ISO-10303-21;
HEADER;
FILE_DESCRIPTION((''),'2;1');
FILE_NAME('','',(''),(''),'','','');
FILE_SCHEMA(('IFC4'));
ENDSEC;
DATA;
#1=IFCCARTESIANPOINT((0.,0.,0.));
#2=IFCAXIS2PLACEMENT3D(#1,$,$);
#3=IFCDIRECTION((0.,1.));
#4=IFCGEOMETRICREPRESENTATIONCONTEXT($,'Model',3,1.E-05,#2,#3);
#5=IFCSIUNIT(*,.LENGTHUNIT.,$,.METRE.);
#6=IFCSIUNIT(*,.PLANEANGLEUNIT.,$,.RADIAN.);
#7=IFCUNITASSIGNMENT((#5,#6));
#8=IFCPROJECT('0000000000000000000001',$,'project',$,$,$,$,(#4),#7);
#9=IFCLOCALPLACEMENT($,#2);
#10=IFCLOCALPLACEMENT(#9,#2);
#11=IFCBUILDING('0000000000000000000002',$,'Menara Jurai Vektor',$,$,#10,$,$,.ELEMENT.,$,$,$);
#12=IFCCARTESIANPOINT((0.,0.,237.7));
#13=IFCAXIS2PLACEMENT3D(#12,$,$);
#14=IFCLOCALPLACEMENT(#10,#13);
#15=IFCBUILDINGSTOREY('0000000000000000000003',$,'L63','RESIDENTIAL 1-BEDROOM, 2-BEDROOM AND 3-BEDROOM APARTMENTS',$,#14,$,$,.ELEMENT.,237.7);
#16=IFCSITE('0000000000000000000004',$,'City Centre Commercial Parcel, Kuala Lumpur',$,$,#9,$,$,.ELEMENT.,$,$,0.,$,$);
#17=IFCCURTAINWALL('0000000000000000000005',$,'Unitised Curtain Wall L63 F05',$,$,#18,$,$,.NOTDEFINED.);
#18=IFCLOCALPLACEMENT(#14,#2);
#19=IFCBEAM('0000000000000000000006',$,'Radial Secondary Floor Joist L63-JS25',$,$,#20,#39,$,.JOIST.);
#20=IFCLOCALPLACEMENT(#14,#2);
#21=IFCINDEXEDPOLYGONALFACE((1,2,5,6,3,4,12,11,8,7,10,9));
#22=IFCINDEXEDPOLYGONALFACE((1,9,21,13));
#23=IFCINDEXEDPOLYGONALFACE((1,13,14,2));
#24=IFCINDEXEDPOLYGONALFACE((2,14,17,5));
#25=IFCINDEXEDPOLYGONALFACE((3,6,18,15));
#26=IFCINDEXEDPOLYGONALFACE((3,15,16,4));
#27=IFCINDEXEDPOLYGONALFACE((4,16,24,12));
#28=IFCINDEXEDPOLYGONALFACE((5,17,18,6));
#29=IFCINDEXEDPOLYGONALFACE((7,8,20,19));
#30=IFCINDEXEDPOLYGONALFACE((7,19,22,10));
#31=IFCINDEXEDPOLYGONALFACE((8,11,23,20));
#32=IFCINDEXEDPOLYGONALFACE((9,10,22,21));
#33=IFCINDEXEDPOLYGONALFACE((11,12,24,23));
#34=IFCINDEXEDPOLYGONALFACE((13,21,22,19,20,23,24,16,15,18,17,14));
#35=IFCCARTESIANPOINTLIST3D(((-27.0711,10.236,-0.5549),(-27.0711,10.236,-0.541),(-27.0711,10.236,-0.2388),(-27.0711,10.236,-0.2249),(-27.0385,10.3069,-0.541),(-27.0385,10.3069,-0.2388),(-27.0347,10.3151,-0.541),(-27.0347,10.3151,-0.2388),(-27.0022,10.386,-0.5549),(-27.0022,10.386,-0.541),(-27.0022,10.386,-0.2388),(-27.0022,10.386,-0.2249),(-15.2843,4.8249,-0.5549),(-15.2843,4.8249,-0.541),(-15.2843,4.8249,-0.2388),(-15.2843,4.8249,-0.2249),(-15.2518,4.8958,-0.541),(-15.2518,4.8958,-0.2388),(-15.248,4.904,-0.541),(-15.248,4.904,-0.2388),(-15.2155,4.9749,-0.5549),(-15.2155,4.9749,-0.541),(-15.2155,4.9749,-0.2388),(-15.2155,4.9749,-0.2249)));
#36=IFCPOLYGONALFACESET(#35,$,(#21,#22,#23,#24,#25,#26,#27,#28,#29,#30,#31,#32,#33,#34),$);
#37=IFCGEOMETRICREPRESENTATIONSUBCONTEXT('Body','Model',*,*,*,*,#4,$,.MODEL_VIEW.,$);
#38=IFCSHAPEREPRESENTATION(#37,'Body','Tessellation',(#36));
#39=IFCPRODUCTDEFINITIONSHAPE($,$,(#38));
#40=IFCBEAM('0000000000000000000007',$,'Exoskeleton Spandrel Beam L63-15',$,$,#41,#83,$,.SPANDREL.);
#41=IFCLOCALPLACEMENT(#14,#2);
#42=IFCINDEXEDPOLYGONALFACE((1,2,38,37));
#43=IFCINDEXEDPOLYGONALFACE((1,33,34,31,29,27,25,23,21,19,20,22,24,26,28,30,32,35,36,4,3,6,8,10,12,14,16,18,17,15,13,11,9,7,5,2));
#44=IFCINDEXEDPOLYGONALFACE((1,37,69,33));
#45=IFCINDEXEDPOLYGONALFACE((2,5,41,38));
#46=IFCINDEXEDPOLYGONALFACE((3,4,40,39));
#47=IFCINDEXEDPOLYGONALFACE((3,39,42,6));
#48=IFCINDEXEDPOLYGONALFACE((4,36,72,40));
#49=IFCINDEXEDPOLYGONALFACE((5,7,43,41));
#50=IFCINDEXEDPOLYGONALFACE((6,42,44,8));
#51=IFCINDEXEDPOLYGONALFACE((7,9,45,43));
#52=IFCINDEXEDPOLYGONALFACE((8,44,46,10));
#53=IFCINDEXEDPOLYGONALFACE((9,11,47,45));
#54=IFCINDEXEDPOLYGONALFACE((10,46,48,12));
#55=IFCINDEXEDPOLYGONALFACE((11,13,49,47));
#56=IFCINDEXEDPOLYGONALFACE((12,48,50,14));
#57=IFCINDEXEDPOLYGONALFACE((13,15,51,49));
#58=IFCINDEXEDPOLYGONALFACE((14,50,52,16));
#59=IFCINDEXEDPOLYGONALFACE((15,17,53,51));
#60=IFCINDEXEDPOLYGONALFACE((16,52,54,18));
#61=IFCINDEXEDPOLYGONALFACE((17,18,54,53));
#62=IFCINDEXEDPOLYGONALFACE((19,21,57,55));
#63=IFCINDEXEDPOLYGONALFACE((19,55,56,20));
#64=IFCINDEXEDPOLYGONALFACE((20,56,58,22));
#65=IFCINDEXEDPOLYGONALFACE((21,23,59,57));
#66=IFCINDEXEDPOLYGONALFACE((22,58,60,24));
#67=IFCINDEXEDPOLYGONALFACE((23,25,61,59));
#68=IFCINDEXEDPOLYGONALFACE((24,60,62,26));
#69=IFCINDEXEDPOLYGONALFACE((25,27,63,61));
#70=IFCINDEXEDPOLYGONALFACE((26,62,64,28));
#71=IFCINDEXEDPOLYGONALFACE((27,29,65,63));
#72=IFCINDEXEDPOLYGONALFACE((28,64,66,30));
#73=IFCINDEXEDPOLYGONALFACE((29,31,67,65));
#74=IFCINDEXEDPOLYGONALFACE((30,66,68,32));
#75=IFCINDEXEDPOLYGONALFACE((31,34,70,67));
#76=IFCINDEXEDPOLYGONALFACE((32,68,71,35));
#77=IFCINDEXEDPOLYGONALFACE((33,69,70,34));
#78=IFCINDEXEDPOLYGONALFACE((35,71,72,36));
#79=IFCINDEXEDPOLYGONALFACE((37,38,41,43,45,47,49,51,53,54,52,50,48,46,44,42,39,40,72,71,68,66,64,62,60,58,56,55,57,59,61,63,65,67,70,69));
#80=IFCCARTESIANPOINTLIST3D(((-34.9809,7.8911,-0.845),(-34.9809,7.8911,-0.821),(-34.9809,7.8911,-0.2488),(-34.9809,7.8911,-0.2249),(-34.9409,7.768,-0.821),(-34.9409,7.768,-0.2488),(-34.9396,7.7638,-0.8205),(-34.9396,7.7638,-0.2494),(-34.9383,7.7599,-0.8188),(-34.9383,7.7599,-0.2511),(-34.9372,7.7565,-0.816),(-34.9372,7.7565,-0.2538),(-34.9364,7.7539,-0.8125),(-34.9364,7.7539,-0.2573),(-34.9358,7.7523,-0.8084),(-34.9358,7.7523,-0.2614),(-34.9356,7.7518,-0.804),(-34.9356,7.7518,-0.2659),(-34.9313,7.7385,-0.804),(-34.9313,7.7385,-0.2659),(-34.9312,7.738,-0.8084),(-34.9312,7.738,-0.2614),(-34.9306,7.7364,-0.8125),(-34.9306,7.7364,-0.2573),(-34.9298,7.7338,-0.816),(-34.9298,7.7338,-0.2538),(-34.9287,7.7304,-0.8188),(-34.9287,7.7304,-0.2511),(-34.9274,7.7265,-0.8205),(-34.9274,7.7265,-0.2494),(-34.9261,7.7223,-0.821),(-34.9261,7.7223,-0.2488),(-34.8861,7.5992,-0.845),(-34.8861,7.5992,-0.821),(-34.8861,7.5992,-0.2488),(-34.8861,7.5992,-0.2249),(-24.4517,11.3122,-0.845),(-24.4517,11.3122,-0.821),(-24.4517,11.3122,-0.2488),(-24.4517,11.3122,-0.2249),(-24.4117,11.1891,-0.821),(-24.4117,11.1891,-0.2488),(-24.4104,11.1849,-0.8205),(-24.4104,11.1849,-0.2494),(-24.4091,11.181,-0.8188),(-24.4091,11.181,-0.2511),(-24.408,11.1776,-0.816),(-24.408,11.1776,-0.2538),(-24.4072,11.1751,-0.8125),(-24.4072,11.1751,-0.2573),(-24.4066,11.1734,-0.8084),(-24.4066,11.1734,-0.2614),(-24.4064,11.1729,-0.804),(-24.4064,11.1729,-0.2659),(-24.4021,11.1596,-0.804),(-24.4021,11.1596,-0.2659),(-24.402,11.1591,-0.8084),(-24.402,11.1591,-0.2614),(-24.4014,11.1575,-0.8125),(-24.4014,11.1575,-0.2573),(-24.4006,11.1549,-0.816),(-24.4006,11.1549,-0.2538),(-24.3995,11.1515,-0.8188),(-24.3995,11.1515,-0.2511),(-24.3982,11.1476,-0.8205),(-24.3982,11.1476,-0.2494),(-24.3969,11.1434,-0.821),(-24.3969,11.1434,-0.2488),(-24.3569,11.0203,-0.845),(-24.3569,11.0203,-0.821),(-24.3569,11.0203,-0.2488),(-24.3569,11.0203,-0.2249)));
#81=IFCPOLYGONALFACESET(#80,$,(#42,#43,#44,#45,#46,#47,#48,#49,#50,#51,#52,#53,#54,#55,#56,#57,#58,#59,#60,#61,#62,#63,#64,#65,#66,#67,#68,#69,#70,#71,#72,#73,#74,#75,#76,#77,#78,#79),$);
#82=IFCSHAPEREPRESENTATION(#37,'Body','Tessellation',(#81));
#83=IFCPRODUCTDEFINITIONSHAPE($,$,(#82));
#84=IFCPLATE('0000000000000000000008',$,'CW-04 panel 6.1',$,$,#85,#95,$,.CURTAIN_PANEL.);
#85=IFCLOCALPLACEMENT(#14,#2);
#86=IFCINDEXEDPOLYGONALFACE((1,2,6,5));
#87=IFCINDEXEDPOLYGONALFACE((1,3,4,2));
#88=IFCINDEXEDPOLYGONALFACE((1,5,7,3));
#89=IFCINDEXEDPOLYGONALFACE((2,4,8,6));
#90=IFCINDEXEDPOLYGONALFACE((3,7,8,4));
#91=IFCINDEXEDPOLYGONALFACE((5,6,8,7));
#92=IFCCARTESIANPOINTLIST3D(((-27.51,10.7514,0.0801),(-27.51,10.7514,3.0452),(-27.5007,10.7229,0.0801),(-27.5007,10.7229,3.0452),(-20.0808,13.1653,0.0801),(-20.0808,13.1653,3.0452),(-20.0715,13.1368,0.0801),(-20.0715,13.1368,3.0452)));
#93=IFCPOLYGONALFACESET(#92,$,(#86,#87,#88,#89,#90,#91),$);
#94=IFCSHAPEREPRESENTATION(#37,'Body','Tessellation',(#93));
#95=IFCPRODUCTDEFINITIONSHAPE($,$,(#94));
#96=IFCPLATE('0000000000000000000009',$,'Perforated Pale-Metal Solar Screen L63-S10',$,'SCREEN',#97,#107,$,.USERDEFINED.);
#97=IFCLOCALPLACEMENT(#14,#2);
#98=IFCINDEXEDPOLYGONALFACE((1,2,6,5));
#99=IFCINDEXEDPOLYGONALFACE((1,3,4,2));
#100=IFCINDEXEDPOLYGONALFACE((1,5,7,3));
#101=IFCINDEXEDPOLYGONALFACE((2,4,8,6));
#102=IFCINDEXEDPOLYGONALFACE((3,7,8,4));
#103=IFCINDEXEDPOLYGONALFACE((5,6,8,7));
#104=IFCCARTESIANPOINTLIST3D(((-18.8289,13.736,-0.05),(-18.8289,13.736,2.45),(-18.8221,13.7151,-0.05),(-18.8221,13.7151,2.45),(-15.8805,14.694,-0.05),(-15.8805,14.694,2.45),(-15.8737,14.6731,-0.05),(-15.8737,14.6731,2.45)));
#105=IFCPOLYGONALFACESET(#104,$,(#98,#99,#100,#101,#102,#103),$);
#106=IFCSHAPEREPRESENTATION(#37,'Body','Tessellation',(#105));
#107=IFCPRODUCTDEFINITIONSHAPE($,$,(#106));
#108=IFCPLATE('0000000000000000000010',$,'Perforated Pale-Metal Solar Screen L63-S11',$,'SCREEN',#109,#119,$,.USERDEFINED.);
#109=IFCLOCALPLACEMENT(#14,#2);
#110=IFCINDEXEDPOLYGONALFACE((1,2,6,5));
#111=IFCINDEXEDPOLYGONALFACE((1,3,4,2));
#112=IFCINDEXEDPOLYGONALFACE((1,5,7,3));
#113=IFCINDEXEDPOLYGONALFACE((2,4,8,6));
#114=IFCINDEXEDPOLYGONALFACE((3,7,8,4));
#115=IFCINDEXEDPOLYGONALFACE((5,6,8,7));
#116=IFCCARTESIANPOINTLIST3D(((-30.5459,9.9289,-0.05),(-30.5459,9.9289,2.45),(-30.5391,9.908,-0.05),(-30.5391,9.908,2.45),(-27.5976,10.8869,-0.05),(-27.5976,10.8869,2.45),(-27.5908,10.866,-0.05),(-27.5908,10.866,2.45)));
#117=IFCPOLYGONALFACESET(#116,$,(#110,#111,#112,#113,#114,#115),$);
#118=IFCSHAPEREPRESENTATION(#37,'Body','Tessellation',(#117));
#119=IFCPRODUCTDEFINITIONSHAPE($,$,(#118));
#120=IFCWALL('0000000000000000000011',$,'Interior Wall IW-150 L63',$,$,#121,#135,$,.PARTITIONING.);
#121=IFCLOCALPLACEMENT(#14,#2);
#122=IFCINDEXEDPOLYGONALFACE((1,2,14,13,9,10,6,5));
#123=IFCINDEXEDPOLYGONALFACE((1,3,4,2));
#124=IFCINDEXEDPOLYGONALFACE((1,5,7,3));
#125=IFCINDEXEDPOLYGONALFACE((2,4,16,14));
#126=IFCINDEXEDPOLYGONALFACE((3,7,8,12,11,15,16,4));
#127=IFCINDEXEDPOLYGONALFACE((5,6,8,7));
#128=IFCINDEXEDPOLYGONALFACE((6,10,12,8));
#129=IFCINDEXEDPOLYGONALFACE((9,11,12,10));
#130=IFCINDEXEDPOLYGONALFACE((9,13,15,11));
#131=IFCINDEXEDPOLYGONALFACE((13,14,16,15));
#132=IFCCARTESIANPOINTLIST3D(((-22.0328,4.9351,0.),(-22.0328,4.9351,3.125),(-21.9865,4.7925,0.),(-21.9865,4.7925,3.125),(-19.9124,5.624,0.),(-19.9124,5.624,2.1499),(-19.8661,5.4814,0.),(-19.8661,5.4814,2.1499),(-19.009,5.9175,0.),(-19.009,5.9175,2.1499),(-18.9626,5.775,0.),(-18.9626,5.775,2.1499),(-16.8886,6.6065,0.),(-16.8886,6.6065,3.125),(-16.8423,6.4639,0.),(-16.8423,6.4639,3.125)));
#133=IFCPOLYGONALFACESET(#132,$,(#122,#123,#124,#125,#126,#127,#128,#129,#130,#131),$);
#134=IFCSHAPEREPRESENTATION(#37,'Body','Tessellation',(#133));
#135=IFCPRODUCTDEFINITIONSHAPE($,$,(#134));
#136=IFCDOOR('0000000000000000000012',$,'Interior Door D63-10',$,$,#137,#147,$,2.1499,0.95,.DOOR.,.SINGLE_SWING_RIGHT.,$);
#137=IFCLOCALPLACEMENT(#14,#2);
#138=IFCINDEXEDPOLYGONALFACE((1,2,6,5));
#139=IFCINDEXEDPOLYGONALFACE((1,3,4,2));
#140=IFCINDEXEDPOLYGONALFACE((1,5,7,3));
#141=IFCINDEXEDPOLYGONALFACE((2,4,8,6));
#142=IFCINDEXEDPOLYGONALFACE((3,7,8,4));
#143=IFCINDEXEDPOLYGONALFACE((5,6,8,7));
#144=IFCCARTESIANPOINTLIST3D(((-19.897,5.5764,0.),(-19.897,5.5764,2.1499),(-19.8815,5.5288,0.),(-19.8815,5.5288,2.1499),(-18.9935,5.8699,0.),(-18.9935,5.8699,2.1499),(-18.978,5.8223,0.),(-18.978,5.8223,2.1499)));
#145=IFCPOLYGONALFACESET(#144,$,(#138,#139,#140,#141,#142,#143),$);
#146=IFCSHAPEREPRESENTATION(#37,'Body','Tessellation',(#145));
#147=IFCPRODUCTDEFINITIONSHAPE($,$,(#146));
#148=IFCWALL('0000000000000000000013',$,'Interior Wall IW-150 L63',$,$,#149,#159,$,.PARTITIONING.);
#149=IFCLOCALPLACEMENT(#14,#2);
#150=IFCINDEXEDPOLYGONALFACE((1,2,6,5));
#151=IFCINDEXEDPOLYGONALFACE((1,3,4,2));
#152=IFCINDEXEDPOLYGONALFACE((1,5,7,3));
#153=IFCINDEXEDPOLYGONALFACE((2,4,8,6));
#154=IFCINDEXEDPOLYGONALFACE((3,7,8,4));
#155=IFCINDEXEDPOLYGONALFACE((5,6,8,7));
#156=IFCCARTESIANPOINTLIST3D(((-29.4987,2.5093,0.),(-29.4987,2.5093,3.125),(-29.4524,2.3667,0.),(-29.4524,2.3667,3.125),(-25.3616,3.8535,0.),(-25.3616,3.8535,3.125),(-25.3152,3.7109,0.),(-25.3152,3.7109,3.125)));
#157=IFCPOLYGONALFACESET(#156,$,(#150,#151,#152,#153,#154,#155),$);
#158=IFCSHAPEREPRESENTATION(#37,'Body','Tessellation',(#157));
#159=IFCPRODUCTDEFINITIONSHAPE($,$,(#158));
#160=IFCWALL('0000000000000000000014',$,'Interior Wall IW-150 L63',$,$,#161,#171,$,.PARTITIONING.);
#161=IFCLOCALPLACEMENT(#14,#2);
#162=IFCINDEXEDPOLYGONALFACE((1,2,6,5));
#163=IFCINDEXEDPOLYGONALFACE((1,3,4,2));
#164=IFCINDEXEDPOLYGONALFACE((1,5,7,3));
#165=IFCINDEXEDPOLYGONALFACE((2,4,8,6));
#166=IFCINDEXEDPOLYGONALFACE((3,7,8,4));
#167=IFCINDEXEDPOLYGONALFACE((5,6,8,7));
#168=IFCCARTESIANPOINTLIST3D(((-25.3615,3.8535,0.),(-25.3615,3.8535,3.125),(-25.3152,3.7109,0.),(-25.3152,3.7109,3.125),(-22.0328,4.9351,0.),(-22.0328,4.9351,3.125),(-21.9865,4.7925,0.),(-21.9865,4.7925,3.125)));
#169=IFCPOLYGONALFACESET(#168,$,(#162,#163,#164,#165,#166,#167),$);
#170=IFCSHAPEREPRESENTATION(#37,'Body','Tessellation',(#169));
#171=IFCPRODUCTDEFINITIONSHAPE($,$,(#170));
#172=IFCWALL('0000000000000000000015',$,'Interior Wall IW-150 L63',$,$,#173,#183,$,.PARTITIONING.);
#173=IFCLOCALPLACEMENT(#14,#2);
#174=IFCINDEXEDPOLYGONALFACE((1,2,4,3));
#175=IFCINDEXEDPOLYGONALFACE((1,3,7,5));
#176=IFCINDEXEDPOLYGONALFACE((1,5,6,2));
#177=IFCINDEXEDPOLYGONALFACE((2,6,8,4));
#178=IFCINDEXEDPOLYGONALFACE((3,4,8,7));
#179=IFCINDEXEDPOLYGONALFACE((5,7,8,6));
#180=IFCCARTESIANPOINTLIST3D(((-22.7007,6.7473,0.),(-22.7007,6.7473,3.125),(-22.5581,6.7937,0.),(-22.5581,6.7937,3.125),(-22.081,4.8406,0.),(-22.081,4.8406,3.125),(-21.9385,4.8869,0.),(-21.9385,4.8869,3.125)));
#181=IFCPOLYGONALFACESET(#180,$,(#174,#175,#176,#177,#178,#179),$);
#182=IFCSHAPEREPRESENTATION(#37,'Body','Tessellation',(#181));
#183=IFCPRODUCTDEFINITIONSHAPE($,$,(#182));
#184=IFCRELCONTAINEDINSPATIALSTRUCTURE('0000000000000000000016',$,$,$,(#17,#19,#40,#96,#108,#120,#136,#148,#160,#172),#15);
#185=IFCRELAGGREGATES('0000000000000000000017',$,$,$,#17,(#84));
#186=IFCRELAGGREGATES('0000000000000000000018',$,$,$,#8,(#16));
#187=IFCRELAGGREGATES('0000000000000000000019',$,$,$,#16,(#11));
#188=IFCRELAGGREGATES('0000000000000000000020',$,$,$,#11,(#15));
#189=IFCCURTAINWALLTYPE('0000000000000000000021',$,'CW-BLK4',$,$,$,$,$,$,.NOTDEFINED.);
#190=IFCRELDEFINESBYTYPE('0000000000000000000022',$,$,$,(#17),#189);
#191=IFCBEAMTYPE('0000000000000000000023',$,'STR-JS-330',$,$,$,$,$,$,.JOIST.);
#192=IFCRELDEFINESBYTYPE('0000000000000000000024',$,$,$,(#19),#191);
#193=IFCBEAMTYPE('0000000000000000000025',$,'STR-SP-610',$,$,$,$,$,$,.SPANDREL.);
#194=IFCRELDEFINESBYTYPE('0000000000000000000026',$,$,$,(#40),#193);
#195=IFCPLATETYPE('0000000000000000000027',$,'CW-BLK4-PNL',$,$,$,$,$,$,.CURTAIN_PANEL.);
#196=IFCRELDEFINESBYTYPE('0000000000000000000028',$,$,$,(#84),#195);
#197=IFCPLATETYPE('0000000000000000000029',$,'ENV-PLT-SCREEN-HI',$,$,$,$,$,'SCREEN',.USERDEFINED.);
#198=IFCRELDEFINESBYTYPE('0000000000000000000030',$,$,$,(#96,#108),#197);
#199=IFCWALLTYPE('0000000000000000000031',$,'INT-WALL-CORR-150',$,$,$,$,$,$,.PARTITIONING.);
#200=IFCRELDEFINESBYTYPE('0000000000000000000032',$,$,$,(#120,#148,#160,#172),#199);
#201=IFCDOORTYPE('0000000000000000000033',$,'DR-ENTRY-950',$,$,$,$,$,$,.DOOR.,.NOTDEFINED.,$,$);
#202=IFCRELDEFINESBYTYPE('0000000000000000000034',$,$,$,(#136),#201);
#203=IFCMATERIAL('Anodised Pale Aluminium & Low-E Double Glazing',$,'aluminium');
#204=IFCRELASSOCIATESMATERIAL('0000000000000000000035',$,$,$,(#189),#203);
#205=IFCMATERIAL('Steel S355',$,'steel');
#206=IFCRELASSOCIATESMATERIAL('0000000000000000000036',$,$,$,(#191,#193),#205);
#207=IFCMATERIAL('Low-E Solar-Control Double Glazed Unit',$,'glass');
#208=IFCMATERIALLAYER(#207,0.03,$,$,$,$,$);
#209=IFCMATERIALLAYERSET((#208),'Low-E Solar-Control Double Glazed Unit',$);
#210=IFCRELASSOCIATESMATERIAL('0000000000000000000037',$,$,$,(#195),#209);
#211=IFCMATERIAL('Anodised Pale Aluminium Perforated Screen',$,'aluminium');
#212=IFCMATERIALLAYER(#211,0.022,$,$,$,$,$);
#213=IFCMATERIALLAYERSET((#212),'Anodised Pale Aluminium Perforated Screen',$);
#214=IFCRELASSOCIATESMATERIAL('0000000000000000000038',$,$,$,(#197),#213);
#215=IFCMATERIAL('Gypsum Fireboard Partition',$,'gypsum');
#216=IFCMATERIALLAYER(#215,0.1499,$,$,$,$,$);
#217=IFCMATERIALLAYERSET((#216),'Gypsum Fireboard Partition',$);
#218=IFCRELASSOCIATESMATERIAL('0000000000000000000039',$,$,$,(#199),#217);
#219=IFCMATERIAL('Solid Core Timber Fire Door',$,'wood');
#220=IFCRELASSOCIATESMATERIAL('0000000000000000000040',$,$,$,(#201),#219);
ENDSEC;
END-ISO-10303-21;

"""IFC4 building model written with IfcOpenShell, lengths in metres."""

from ifc_helpers import new_model, si_unit, direction, frame, frame_2d, origin, origin_2d, place, context, subcontext, project, spatial, rectangle, i_section, extrude, material, layer, layer_set, material_profile, profile_set, type_object, element, fill, aggregate, save


model = new_model("IFC4")

# Units and contexts
model_context = context("Model", 3, precision=1e-05, world=origin(), true_north=direction((0.0, 1.0)))
body_context = subcontext(model_context, "Body", "Model", "MODEL_VIEW")
ifc_project = project(units=[si_unit("LENGTHUNIT", "METRE"), si_unit("PLANEANGLEUNIT", "RADIAN")], contexts=[model_context])

# Site, building, storey
site_placement = place(None, origin())
site = spatial("IfcSite", under=ifc_project, at=site_placement, Name="City Centre Commercial Parcel, Kuala Lumpur", CompositionType="ELEMENT", RefElevation=0.0)
building_placement = place(site_placement, origin())
building = spatial("IfcBuilding", under=site, at=building_placement, Name="Menara Jurai Vektor", CompositionType="ELEMENT")
storey_placement = place(building_placement, frame((0.0, 0.0, 237.7)))
storey = spatial("IfcBuildingStorey", under=building, at=storey_placement, Name="L63", Description="RESIDENTIAL 1-BEDROOM, 2-BEDROOM AND 3-BEDROOM APARTMENTS", CompositionType="ELEMENT", Elevation=237.7)

# Curtain wall
ifc_material_1 = material(Name="Anodised Pale Aluminium & Low-E Double Glazing", Category="aluminium")
curtain_wall_type = type_object("IfcCurtainWallType", Name="CW-BLK4", PredefinedType="NOTDEFINED", material=ifc_material_1)
curtain_wall_placement = place(storey_placement, origin())
curtain_wall = element("IfcCurtainWall", 1, at=curtain_wall_placement, inside=storey, type_object=curtain_wall_type, Name="Unitised Curtain Wall L63 F05", PredefinedType="NOTDEFINED")

# Beams
ifc_material_2 = material(Name="Steel S355", Category="steel")
ifc_material_profile_1 = material_profile(ifc_material_2, i_section(OverallWidth=0.165, OverallDepth=0.3301, WebThickness=0.009, FlangeThickness=0.0139, at=origin_2d()), Name="PG 330x165x46")
ifc_profile_set_1 = profile_set([ifc_material_profile_1], Name="Steel S355")
beam_type_1 = type_object("IfcBeamType", Name="STR-JS-330", PredefinedType="JOIST", material=ifc_profile_set_1)
beam_1_placement = place(storey_placement, frame((-27.0366, 10.311, -0.3899), z_axis=(0.908804, -0.417224, 0.0), x_axis=(0.417224, 0.908804, 0.0)))
element("IfcBeam", 2, at=beam_1_placement, inside=storey, type_object=beam_type_1, Name="Radial Secondary Floor Joist L63-JS25", PredefinedType="JOIST", context=body_context, shape_type="SweptSolid", body=[
    extrude(i_section(OverallWidth=0.165, OverallDepth=0.3301, WebThickness=0.009, FlangeThickness=0.0139, at=origin_2d()), origin(), (0.0, 0.0, 1.0), 12.9695),
])
ifc_material_profile_2 = material_profile(ifc_material_2, i_section(OverallWidth=0.3069, OverallDepth=0.6201, WebThickness=0.0139, FlangeThickness=0.0239, FilletRadius=0.0171, at=origin_2d()), Name="UKB 610x305x179")
ifc_profile_set_2 = profile_set([ifc_material_profile_2], Name="Steel S355")
beam_type_2 = type_object("IfcBeamType", Name="STR-SP-610", PredefinedType="SPANDREL", material=ifc_profile_set_2)
beam_2_placement = place(storey_placement, frame((-24.4043, 11.1663, -0.5349), z_axis=(-0.951057, -0.309014, 0.0), x_axis=(0.309014, -0.951057, 0.0)))
element("IfcBeam", 3, at=beam_2_placement, inside=storey, type_object=beam_type_2, Name="Exoskeleton Spandrel Beam L63-15", PredefinedType="SPANDREL", context=body_context, shape_type="SweptSolid", body=[
    extrude(i_section(OverallWidth=0.3069, OverallDepth=0.6201, WebThickness=0.0139, FlangeThickness=0.0239, FilletRadius=0.0171, at=origin_2d()), origin(), (0.0, 0.0, 1.0), 11.071),
])

# Plate
ifc_material_3 = material(Name="Low-E Solar-Control Double Glazed Unit", Category="glass")
ifc_layer_1 = layer(ifc_material_3, 0.03)
ifc_layer_set_1 = layer_set([ifc_layer_1], Name="Low-E Solar-Control Double Glazed Unit")
plate_type_1 = type_object("IfcPlateType", Name="CW-BLK4-PNL", PredefinedType="CURTAIN_PANEL", material=ifc_layer_set_1)
plate_placement = place(storey_placement, frame((-23.7908, 11.9441, 0.0801), z_axis=(0.0, 0.0, 1.0), x_axis=(-0.951056, -0.309017, 0.0)))
plate = element("IfcPlate", 4, at=plate_placement, type_object=plate_type_1, Name="CW-04 panel 6.1", PredefinedType="CURTAIN_PANEL", context=body_context, shape_type="SweptSolid", body=[
    extrude(rectangle(XDim=7.8115, YDim=0.03, at=origin_2d()), origin(), (0.0, 0.0, 1.0), 2.9651),
])
aggregate(curtain_wall, [plate])

# Plates
ifc_material_4 = material(Name="Anodised Pale Aluminium Perforated Screen", Category="aluminium")
ifc_layer_2 = layer(ifc_material_4, 0.022)
ifc_layer_set_2 = layer_set([ifc_layer_2], Name="Anodised Pale Aluminium Perforated Screen")
plate_type_2 = type_object("IfcPlateType", Name="ENV-PLT-SCREEN-HI", ElementType="SCREEN", PredefinedType="USERDEFINED", material=ifc_layer_set_2)
for number, where, z_axis, x_axis, name in (
    (5, (-17.3513, 14.2046, -0.05), (0.0, 0.0, 1.0), (-0.951057, -0.309017, 0.0), "Perforated Pale-Metal Solar Screen L63-S10"),
    (6, (-29.0684, 10.3975, -0.05), (0.0, 0.0, 1.0), (-0.951057, -0.309017, 0.0), "Perforated Pale-Metal Solar Screen L63-S11"),
):
    element("IfcPlate", number, at=place(storey_placement, frame(where, z_axis=z_axis, x_axis=x_axis)), inside=storey, type_object=plate_type_2, Name=name, ObjectType="SCREEN", PredefinedType="USERDEFINED", context=body_context, shape_type="SweptSolid", body=[
        extrude(rectangle(XDim=3.1001, YDim=0.022, at=origin_2d()), origin(), (0.0, 0.0, 1.0), 2.5),
    ])

# Wall, opening, door
ifc_material_5 = material(Name="Gypsum Fireboard Partition", Category="gypsum")
ifc_layer_3 = layer(ifc_material_5, 0.1499)
ifc_layer_set_3 = layer_set([ifc_layer_3], Name="Gypsum Fireboard Partition")
wall_type_1 = type_object("IfcWallType", Name="INT-WALL-CORR-150", PredefinedType="PARTITIONING", material=ifc_layer_set_3)
wall_1_placement = place(storey_placement, frame((-22.0098, 4.8638, 0.0), z_axis=(0.0, 0.0, 1.0), x_axis=(0.951062, 0.309001, 0.0)))
wall_1 = element("IfcWall", 7, at=wall_1_placement, inside=storey, type_object=wall_type_1, Name="Interior Wall IW-150 L63", PredefinedType="PARTITIONING", context=body_context, shape_type="SweptSolid", body=[
    extrude(rectangle(XDim=5.4089, YDim=0.1499, at=frame_2d((2.7046, 0.0))), origin(), (0.0, 0.0, 1.0), 3.125),
])
opening_1_placement = place(wall_1_placement, frame((2.2295, 0.0, 0.0)))
opening_1 = element("IfcOpeningElement", 8, at=opening_1_placement, cuts=wall_1, PredefinedType="OPENING", context=body_context, shape_type="SweptSolid", body=[
    extrude(rectangle(XDim=0.95, YDim=2.1499, at=frame_2d((0.4751, 1.075))), frame((0.0, 0.085, 0.0), z_axis=(0.0, -1.0, 0.0), x_axis=(1.0, 0.0, 0.0)), (0.0, 0.0, 1.0), 0.1699),
])
ifc_material_6 = material(Name="Solid Core Timber Fire Door", Category="wood")
door_type_1 = type_object("IfcDoorType", Name="DR-ENTRY-950", OperationType="NOTDEFINED", PredefinedType="DOOR", material=ifc_material_6)
door_1_placement = place(opening_1_placement, origin())
door_1 = element("IfcDoor", 9, at=door_1_placement, inside=storey, type_object=door_type_1, Name="Interior Door D63-10", OperationType="SINGLE_SWING_RIGHT", OverallHeight=2.1499, OverallWidth=0.95, PredefinedType="DOOR", context=body_context, shape_type="SweptSolid", body=[
    extrude(rectangle(XDim=0.95, YDim=2.1499, at=frame_2d((0.4751, 1.075))), frame((0.0, 0.0249, 0.0), z_axis=(0.0, -1.0, 0.0), x_axis=(1.0, 0.0, 0.0)), (0.0, 0.0, 1.0), 0.05),
])
fill(opening_1, door_1)

# Walls
wall_2_placement = place(storey_placement, frame((-29.4756, 2.438, 0.0), z_axis=(0.0, 0.0, 1.0), x_axis=(0.951058, 0.309012, 0.0)))
element("IfcWall", 10, at=wall_2_placement, inside=storey, type_object=wall_type_1, Name="Interior Wall IW-150 L63", PredefinedType="PARTITIONING", context=body_context, shape_type="SweptSolid", body=[
    extrude(rectangle(XDim=4.3501, YDim=0.1499, at=frame_2d((2.175, 0.0))), origin(), (0.0, 0.0, 1.0), 3.125),
])
wall_3_placement = place(storey_placement, frame((-25.3384, 3.7822, 0.0), z_axis=(0.0, 0.0, 1.0), x_axis=(0.951056, 0.30902, 0.0)))
element("IfcWall", 11, at=wall_3_placement, inside=storey, type_object=wall_type_1, Name="Interior Wall IW-150 L63", PredefinedType="PARTITIONING", context=body_context, shape_type="SweptSolid", body=[
    extrude(rectangle(XDim=3.5, YDim=0.1499, at=frame_2d((1.75, 0.0))), origin(), (0.0, 0.0, 1.0), 3.125),
])

# Wall
wall_4_placement = place(storey_placement, frame((-22.0098, 4.8638, 0.0), z_axis=(0.0, 0.0, 1.0), x_axis=(-0.309059, 0.951043, 0.0)))
element("IfcWall", 12, at=wall_4_placement, inside=storey, type_object=wall_type_1, Name="Interior Wall IW-150 L63", PredefinedType="PARTITIONING", context=body_context, shape_type="SweptSolid", body=[
    extrude(rectangle(XDim=2.0049, YDim=0.1499, at=frame_2d((1.0024, 0.0))), origin(), (0.0, 0.0, 1.0), 3.125),
])

save(model, "model.ifc")
